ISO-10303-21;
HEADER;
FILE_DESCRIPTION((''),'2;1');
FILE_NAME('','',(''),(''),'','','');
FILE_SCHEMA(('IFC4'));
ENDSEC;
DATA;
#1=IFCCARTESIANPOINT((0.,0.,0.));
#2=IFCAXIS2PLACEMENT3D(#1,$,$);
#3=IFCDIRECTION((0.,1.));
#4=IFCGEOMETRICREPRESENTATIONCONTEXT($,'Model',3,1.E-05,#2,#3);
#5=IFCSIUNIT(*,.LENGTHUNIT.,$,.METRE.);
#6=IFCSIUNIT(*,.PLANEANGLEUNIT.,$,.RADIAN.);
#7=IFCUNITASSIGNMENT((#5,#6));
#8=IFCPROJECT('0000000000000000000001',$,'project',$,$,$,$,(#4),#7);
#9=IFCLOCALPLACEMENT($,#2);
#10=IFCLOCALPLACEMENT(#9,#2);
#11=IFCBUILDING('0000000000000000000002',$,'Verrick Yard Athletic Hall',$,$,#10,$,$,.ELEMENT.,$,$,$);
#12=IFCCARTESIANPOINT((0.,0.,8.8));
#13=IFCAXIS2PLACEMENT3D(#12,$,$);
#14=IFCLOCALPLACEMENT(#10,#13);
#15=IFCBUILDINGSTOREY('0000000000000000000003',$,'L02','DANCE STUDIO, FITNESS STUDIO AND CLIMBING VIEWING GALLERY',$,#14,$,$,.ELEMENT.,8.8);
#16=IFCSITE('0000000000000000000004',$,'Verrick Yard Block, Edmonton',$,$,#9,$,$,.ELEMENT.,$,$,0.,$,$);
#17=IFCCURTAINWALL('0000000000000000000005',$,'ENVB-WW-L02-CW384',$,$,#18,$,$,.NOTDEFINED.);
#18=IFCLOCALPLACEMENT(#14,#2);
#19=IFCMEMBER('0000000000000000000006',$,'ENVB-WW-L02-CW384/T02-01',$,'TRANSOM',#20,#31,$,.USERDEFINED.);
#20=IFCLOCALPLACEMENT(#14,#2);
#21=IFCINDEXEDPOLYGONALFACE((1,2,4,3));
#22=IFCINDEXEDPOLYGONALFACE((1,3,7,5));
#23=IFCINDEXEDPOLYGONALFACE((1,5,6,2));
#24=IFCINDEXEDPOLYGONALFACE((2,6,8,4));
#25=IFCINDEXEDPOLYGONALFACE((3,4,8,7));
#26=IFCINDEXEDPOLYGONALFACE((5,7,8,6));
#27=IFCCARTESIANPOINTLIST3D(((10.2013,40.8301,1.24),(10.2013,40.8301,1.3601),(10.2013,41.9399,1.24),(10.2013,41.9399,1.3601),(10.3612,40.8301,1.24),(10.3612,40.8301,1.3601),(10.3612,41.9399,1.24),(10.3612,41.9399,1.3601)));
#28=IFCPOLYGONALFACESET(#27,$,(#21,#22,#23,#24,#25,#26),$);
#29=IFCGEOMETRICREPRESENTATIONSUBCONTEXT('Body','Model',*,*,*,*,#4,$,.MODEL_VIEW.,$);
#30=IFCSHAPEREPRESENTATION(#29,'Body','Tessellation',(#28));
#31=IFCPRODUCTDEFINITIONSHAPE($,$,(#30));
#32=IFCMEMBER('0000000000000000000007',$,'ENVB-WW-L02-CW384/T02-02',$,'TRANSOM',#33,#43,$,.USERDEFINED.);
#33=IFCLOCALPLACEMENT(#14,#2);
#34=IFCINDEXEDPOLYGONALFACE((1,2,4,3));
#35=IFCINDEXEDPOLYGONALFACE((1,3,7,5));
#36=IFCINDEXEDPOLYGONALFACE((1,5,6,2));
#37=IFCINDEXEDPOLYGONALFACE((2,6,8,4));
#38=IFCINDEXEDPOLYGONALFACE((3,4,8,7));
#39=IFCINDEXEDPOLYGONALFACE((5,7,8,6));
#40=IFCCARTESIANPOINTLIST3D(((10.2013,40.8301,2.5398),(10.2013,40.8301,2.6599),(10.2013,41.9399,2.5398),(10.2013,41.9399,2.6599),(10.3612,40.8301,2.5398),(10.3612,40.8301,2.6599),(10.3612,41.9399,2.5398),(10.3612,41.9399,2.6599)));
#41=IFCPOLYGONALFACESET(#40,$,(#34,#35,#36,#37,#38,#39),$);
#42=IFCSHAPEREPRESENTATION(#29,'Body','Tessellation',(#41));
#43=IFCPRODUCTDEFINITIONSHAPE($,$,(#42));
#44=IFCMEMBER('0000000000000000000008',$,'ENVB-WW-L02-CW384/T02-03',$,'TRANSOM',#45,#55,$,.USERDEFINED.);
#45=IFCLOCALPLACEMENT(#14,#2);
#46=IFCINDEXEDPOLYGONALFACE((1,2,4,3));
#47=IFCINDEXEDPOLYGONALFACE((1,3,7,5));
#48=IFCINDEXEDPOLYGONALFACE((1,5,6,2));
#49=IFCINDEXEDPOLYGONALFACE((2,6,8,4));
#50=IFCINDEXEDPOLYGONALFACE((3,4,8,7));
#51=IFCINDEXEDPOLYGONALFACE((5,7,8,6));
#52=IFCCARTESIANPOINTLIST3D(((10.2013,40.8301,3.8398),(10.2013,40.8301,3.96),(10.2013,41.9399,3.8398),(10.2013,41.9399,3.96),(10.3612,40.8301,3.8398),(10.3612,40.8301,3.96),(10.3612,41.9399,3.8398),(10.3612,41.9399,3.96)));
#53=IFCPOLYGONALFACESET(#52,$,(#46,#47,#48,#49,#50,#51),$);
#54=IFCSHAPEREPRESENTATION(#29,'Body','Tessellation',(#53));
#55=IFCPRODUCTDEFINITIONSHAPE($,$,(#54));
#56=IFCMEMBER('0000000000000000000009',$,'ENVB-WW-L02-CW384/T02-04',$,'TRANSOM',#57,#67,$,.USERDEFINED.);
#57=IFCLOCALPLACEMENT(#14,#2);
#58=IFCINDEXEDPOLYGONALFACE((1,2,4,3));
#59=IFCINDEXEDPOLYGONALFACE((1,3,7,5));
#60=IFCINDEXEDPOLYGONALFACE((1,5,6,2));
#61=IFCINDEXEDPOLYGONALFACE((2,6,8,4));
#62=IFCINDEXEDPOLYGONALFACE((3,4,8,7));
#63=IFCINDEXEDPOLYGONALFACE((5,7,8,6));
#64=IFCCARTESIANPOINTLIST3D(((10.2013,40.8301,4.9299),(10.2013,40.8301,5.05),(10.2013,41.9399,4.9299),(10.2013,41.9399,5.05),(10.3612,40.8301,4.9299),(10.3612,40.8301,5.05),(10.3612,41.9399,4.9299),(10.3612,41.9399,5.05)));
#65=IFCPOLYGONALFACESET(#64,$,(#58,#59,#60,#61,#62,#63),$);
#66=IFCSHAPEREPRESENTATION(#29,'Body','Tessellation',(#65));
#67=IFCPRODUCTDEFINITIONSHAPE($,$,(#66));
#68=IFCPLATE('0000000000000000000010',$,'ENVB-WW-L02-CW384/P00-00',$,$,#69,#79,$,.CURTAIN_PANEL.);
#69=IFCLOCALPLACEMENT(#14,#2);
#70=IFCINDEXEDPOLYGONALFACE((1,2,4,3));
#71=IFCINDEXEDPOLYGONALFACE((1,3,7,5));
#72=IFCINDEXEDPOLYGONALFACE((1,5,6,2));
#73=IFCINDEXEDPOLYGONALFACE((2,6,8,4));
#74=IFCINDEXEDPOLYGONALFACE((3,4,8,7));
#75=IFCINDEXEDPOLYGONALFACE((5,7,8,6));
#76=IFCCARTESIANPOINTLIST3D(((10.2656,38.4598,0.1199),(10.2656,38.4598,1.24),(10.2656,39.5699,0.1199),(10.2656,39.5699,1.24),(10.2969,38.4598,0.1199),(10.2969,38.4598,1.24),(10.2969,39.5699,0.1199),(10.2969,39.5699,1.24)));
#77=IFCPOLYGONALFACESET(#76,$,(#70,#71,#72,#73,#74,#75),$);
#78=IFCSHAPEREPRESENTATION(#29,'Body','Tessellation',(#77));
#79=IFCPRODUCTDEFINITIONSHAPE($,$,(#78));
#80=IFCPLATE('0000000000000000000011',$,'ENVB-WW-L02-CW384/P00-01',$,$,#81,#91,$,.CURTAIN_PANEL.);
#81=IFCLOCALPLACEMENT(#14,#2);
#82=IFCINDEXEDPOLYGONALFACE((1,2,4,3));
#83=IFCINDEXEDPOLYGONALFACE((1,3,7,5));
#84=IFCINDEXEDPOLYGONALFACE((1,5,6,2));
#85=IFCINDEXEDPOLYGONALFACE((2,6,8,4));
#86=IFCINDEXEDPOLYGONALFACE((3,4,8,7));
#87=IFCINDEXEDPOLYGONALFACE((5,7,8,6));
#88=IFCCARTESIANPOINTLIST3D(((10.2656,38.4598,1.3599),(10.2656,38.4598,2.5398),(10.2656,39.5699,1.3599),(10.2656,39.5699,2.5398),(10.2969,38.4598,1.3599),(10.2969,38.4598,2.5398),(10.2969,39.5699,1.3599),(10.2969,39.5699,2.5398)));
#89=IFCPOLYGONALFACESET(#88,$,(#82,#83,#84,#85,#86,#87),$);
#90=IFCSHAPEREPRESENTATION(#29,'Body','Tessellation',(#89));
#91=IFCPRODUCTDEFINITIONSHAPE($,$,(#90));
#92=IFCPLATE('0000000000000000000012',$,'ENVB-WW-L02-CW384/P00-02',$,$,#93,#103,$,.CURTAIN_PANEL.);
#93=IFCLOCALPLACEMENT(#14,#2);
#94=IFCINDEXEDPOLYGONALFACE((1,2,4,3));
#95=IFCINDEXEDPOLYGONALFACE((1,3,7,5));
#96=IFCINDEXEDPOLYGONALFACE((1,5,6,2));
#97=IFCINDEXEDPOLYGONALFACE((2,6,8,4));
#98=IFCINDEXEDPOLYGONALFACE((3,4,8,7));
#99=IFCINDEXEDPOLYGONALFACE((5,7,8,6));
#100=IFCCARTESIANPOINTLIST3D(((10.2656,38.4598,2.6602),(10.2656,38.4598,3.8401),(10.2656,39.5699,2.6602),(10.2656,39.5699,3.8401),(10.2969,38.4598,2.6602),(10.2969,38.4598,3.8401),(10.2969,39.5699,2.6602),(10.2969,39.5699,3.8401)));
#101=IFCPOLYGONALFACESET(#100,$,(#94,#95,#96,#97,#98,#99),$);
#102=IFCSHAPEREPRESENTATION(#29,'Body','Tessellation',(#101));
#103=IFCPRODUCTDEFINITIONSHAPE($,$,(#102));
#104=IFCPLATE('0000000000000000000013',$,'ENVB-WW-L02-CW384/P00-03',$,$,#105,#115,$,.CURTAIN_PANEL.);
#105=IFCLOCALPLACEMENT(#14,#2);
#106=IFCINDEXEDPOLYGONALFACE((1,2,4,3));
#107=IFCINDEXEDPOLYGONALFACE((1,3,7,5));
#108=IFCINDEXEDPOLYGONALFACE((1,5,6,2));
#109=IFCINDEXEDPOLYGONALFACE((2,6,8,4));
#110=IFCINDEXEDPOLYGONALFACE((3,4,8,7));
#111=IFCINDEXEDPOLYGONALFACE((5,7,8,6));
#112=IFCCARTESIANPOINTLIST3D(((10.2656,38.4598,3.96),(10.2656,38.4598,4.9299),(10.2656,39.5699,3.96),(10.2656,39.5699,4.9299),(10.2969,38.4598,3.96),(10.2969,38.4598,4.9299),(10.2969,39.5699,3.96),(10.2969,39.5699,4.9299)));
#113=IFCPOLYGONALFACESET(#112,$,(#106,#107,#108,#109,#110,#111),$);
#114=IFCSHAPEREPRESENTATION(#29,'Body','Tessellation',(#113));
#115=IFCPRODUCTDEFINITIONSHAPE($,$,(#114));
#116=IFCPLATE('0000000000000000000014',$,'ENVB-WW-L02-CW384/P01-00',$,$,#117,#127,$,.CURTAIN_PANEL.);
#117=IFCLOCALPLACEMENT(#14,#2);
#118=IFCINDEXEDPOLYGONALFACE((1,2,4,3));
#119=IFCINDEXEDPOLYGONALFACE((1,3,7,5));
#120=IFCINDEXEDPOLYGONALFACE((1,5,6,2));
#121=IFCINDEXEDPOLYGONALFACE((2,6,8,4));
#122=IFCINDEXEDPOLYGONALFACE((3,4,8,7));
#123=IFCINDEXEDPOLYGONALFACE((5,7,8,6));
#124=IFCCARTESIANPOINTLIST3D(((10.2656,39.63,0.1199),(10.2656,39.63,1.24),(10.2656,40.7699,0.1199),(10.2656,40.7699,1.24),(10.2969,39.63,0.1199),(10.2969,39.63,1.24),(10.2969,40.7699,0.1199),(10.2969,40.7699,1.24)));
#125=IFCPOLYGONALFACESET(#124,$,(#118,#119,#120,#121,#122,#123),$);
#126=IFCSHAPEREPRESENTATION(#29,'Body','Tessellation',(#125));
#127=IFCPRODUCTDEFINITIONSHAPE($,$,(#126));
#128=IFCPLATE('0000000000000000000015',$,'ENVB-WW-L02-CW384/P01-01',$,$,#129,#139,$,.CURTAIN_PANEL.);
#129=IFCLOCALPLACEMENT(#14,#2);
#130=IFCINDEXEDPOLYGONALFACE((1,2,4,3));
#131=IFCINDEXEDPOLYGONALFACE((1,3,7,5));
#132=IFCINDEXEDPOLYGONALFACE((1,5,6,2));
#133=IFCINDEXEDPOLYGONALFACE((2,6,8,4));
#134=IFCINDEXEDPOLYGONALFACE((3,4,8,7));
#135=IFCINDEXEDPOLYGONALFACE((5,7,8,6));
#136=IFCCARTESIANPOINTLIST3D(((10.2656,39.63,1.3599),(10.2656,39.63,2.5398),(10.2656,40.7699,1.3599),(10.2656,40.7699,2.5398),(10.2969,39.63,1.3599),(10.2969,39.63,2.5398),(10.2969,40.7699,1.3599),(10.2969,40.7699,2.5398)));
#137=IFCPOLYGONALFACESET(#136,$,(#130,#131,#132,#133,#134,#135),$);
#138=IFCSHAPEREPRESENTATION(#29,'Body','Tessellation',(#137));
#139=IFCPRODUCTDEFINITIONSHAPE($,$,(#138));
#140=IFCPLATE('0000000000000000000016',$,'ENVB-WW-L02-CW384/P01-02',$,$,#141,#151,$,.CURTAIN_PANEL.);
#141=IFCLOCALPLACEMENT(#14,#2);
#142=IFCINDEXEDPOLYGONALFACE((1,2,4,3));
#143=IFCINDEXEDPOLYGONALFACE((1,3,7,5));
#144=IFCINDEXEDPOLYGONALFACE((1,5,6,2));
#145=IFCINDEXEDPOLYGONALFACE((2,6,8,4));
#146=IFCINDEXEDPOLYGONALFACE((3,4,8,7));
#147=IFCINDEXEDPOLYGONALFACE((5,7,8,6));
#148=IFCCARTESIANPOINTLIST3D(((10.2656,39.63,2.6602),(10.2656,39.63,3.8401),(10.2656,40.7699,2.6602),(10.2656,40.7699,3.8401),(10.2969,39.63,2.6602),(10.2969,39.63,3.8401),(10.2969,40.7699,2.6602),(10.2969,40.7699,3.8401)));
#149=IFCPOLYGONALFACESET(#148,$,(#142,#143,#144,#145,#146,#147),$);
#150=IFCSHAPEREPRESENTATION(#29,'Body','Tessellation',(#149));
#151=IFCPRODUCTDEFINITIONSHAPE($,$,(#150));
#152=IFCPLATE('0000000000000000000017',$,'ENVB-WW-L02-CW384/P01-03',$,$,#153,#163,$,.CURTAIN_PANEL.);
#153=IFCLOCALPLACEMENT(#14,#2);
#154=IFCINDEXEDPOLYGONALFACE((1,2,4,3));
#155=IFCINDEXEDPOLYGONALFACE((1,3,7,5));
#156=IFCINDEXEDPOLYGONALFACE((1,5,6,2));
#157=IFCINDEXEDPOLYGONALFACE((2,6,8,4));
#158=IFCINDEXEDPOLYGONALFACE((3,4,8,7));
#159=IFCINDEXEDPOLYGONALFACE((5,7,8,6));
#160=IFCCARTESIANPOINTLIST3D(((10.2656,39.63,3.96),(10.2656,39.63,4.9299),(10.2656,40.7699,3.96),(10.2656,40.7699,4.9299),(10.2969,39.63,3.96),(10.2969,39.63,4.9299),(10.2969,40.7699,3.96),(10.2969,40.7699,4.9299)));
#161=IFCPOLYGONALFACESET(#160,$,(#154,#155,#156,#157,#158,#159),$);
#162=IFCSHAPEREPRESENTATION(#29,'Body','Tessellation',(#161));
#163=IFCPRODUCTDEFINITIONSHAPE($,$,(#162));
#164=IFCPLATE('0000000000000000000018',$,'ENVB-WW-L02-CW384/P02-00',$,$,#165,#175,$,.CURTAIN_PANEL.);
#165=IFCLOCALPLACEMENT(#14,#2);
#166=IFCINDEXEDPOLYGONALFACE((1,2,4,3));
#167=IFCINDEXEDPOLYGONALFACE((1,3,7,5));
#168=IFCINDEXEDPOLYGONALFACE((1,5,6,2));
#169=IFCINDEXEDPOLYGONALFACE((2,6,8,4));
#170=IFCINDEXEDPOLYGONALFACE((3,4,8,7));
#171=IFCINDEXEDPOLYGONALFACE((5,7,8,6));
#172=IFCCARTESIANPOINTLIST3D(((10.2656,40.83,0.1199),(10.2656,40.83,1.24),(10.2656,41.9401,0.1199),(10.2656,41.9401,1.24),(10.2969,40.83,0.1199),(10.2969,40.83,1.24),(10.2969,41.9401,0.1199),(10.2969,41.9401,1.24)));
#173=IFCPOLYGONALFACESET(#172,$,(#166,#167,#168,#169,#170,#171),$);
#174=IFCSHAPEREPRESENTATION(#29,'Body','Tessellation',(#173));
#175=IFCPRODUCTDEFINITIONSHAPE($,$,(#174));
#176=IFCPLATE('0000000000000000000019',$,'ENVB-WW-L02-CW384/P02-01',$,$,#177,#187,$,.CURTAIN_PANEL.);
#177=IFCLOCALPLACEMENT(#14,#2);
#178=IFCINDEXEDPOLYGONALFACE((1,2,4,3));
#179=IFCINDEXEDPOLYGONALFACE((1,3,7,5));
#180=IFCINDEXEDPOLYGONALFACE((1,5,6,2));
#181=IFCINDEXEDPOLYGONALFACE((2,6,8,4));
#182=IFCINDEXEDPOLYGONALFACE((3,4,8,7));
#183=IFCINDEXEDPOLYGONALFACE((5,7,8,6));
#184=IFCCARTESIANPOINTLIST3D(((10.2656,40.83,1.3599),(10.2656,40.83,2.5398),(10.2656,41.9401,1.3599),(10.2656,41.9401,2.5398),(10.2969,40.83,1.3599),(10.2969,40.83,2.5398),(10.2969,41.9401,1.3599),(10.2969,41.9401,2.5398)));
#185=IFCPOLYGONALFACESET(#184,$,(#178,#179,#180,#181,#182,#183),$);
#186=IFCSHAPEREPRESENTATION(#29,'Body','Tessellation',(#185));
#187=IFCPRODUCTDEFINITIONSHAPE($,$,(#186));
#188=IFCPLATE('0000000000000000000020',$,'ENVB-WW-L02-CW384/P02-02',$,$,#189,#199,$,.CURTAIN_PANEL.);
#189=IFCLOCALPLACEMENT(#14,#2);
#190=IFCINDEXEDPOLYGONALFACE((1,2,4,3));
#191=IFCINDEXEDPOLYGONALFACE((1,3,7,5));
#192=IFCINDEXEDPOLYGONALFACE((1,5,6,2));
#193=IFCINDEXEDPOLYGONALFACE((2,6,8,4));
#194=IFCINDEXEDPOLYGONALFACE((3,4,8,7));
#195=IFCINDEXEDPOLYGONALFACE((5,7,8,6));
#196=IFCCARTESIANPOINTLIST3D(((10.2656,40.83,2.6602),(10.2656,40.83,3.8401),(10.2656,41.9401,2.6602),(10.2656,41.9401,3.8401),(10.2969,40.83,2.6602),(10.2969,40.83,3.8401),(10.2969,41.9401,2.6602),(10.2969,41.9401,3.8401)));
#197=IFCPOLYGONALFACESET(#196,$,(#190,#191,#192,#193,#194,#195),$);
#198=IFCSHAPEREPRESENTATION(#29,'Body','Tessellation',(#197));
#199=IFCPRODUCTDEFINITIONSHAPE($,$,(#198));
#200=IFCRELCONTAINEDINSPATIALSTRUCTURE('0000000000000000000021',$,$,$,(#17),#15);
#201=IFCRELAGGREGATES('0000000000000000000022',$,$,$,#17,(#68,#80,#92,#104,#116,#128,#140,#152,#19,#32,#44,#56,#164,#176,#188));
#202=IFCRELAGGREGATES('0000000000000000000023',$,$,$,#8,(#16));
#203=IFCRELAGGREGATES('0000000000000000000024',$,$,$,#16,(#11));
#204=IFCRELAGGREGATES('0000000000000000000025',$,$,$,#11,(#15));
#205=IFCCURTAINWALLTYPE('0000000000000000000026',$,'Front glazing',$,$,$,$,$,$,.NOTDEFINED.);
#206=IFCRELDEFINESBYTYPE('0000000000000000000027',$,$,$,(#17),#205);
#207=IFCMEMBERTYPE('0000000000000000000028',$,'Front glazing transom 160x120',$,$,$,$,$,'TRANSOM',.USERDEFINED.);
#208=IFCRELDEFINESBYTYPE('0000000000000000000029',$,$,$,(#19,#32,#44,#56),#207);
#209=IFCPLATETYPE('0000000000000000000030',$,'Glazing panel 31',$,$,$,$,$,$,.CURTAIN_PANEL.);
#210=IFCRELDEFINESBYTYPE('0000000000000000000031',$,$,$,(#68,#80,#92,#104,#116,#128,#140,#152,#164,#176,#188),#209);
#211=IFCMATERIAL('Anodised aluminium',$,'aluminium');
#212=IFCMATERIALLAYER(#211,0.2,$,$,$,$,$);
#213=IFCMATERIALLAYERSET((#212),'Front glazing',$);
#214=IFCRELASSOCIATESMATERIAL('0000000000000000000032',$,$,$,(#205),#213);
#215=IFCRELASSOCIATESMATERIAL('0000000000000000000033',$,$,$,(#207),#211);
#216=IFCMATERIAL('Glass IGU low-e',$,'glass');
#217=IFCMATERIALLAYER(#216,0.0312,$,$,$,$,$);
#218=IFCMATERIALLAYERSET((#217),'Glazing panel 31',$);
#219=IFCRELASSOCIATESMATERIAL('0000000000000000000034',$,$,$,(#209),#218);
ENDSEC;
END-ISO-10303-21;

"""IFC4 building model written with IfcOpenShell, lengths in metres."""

from ifc_helpers import new_model, si_unit, direction, frame, origin, origin_2d, place, context, subcontext, project, spatial, rectangle, extrude, material, layer, layer_set, material_profile, profile_set, type_object, element, aggregate, save


model = new_model("IFC4")

# Units and contexts
model_context = context("Model", 3, precision=1e-05, world=origin(), true_north=direction((0.0, 1.0)))
body_context = subcontext(model_context, "Body", "Model", "MODEL_VIEW")
ifc_project = project(units=[si_unit("LENGTHUNIT", "METRE"), si_unit("PLANEANGLEUNIT", "RADIAN")], contexts=[model_context])

# Site, building, storey
site_placement = place(None, origin())
site = spatial("IfcSite", under=ifc_project, at=site_placement, Name="Verrick Yard Block, Edmonton", CompositionType="ELEMENT", RefElevation=0.0)
building_placement = place(site_placement, origin())
building = spatial("IfcBuilding", under=site, at=building_placement, Name="Verrick Yard Athletic Hall", CompositionType="ELEMENT")
storey_placement = place(building_placement, frame((0.0, 0.0, 8.8)))
storey = spatial("IfcBuildingStorey", under=building, at=storey_placement, Name="L02", Description="DANCE STUDIO, FITNESS STUDIO AND CLIMBING VIEWING GALLERY", CompositionType="ELEMENT", Elevation=8.8)

# Curtain wall, members, plates
ifc_material_1 = material(Name="Anodised aluminium", Category="aluminium")
ifc_layer_1 = layer(ifc_material_1, 0.2)
ifc_layer_set_1 = layer_set([ifc_layer_1], Name="Front glazing")
curtain_wall_type = type_object("IfcCurtainWallType", Name="Front glazing", PredefinedType="NOTDEFINED", material=ifc_layer_set_1)
curtain_wall_placement = place(storey_placement, origin())
curtain_wall = element("IfcCurtainWall", 1, at=curtain_wall_placement, inside=storey, type_object=curtain_wall_type, Name="ENVB-WW-L02-CW384", PredefinedType="NOTDEFINED")
ifc_material_profile_1 = material_profile(ifc_material_1, rectangle(XDim=0.1599, YDim=0.1201, at=origin_2d()), Name="CW transom 160x120")
ifc_profile_set_1 = profile_set([ifc_material_profile_1], Name="Anodised aluminium")
member_type_1 = type_object("IfcMemberType", Name="Front glazing transom 160x120", ElementType="TRANSOM", PredefinedType="USERDEFINED", material=ifc_profile_set_1)
member_1_placement = place(storey_placement, frame((10.2812, 40.8301, 1.3), z_axis=(0.0, 1.0, 0.0), x_axis=(-1.0, 0.0, 0.0)))
member_1 = element("IfcMember", 2, at=member_1_placement, type_object=member_type_1, Name="ENVB-WW-L02-CW384/T02-01", ObjectType="TRANSOM", PredefinedType="USERDEFINED", context=body_context, shape_type="SweptSolid", body=[
    extrude(rectangle(XDim=0.1599, YDim=0.1201, at=origin_2d()), origin(), (0.0, 0.0, 1.0), 1.1099),
])
member_2_placement = place(storey_placement, frame((10.2812, 40.8301, 2.5999), z_axis=(0.0, 1.0, 0.0), x_axis=(-1.0, 0.0, 0.0)))
member_2 = element("IfcMember", 3, at=member_2_placement, type_object=member_type_1, Name="ENVB-WW-L02-CW384/T02-02", ObjectType="TRANSOM", PredefinedType="USERDEFINED", context=body_context, shape_type="SweptSolid", body=[
    extrude(rectangle(XDim=0.1599, YDim=0.1201, at=origin_2d()), origin(), (0.0, 0.0, 1.0), 1.1099),
])
member_3_placement = place(storey_placement, frame((10.2812, 40.8301, 3.8999), z_axis=(0.0, 1.0, 0.0), x_axis=(-1.0, 0.0, 0.0)))
member_3 = element("IfcMember", 4, at=member_3_placement, type_object=member_type_1, Name="ENVB-WW-L02-CW384/T02-03", ObjectType="TRANSOM", PredefinedType="USERDEFINED", context=body_context, shape_type="SweptSolid", body=[
    extrude(rectangle(XDim=0.1599, YDim=0.1201, at=origin_2d()), origin(), (0.0, 0.0, 1.0), 1.1099),
])
member_4_placement = place(storey_placement, frame((10.2812, 40.8301, 4.99), z_axis=(0.0, 1.0, 0.0), x_axis=(-1.0, 0.0, 0.0)))
member_4 = element("IfcMember", 5, at=member_4_placement, type_object=member_type_1, Name="ENVB-WW-L02-CW384/T02-04", ObjectType="TRANSOM", PredefinedType="USERDEFINED", context=body_context, shape_type="SweptSolid", body=[
    extrude(rectangle(XDim=0.1599, YDim=0.1201, at=origin_2d()), origin(), (0.0, 0.0, 1.0), 1.1099),
])
ifc_material_2 = material(Name="Glass IGU low-e", Category="glass")
ifc_layer_2 = layer(ifc_material_2, 0.0312)
ifc_layer_set_2 = layer_set([ifc_layer_2], Name="Glazing panel 31")
plate_type = type_object("IfcPlateType", Name="Glazing panel 31", PredefinedType="CURTAIN_PANEL", material=ifc_layer_set_2)
plate_1_placement = place(storey_placement, frame((10.2812, 39.0149, 0.1199), z_axis=(0.0, 0.0, 1.0), x_axis=(0.0, 1.0, 0.0)))
plate_1 = element("IfcPlate", 6, at=plate_1_placement, type_object=plate_type, Name="ENVB-WW-L02-CW384/P00-00", PredefinedType="CURTAIN_PANEL", context=body_context, shape_type="SweptSolid", body=[
    extrude(rectangle(XDim=1.1101, YDim=0.0312, at=origin_2d()), origin(), (0.0, 0.0, 1.0), 1.1201),
])
plate_2_placement = place(storey_placement, frame((10.2812, 39.0149, 1.3599), z_axis=(0.0, 0.0, 1.0), x_axis=(0.0, 1.0, 0.0)))
plate_2 = element("IfcPlate", 7, at=plate_2_placement, type_object=plate_type, Name="ENVB-WW-L02-CW384/P00-01", PredefinedType="CURTAIN_PANEL", context=body_context, shape_type="SweptSolid", body=[
    extrude(rectangle(XDim=1.1101, YDim=0.0312, at=origin_2d()), origin(), (0.0, 0.0, 1.0), 1.1799),
])
plate_3_placement = place(storey_placement, frame((10.2812, 39.0149, 2.6602), z_axis=(0.0, 0.0, 1.0), x_axis=(0.0, 1.0, 0.0)))
plate_3 = element("IfcPlate", 8, at=plate_3_placement, type_object=plate_type, Name="ENVB-WW-L02-CW384/P00-02", PredefinedType="CURTAIN_PANEL", context=body_context, shape_type="SweptSolid", body=[
    extrude(rectangle(XDim=1.1101, YDim=0.0312, at=origin_2d()), origin(), (0.0, 0.0, 1.0), 1.1799),
])
plate_4_placement = place(storey_placement, frame((10.2812, 39.0149, 3.96), z_axis=(0.0, 0.0, 1.0), x_axis=(0.0, 1.0, 0.0)))
plate_4 = element("IfcPlate", 9, at=plate_4_placement, type_object=plate_type, Name="ENVB-WW-L02-CW384/P00-03", PredefinedType="CURTAIN_PANEL", context=body_context, shape_type="SweptSolid", body=[
    extrude(rectangle(XDim=1.1101, YDim=0.0312, at=origin_2d()), origin(), (0.0, 0.0, 1.0), 0.97),
])
plate_5_placement = place(storey_placement, frame((10.2812, 40.2, 0.1199), z_axis=(0.0, 0.0, 1.0), x_axis=(0.0, 1.0, 0.0)))
plate_5 = element("IfcPlate", 10, at=plate_5_placement, type_object=plate_type, Name="ENVB-WW-L02-CW384/P01-00", PredefinedType="CURTAIN_PANEL", context=body_context, shape_type="SweptSolid", body=[
    extrude(rectangle(XDim=1.1399, YDim=0.0312, at=origin_2d()), origin(), (0.0, 0.0, 1.0), 1.1201),
])
plate_6_placement = place(storey_placement, frame((10.2812, 40.2, 1.3599), z_axis=(0.0, 0.0, 1.0), x_axis=(0.0, 1.0, 0.0)))
plate_6 = element("IfcPlate", 11, at=plate_6_placement, type_object=plate_type, Name="ENVB-WW-L02-CW384/P01-01", PredefinedType="CURTAIN_PANEL", context=body_context, shape_type="SweptSolid", body=[
    extrude(rectangle(XDim=1.1399, YDim=0.0312, at=origin_2d()), origin(), (0.0, 0.0, 1.0), 1.1799),
])
plate_7_placement = place(storey_placement, frame((10.2812, 40.2, 2.6602), z_axis=(0.0, 0.0, 1.0), x_axis=(0.0, 1.0, 0.0)))
plate_7 = element("IfcPlate", 12, at=plate_7_placement, type_object=plate_type, Name="ENVB-WW-L02-CW384/P01-02", PredefinedType="CURTAIN_PANEL", context=body_context, shape_type="SweptSolid", body=[
    extrude(rectangle(XDim=1.1399, YDim=0.0312, at=origin_2d()), origin(), (0.0, 0.0, 1.0), 1.1799),
])
plate_8_placement = place(storey_placement, frame((10.2812, 40.2, 3.96), z_axis=(0.0, 0.0, 1.0), x_axis=(0.0, 1.0, 0.0)))
plate_8 = element("IfcPlate", 13, at=plate_8_placement, type_object=plate_type, Name="ENVB-WW-L02-CW384/P01-03", PredefinedType="CURTAIN_PANEL", context=body_context, shape_type="SweptSolid", body=[
    extrude(rectangle(XDim=1.1399, YDim=0.0312, at=origin_2d()), origin(), (0.0, 0.0, 1.0), 0.97),
])
plate_9_placement = place(storey_placement, frame((10.2812, 41.385, 0.1199), z_axis=(0.0, 0.0, 1.0), x_axis=(0.0, 1.0, 0.0)))
plate_9 = element("IfcPlate", 14, at=plate_9_placement, type_object=plate_type, Name="ENVB-WW-L02-CW384/P02-00", PredefinedType="CURTAIN_PANEL", context=body_context, shape_type="SweptSolid", body=[
    extrude(rectangle(XDim=1.1101, YDim=0.0312, at=origin_2d()), origin(), (0.0, 0.0, 1.0), 1.1201),
])
plate_10_placement = place(storey_placement, frame((10.2812, 41.385, 1.3599), z_axis=(0.0, 0.0, 1.0), x_axis=(0.0, 1.0, 0.0)))
plate_10 = element("IfcPlate", 15, at=plate_10_placement, type_object=plate_type, Name="ENVB-WW-L02-CW384/P02-01", PredefinedType="CURTAIN_PANEL", context=body_context, shape_type="SweptSolid", body=[
    extrude(rectangle(XDim=1.1101, YDim=0.0312, at=origin_2d()), origin(), (0.0, 0.0, 1.0), 1.1799),
])
plate_11_placement = place(storey_placement, frame((10.2812, 41.385, 2.6602), z_axis=(0.0, 0.0, 1.0), x_axis=(0.0, 1.0, 0.0)))
plate_11 = element("IfcPlate", 16, at=plate_11_placement, type_object=plate_type, Name="ENVB-WW-L02-CW384/P02-02", PredefinedType="CURTAIN_PANEL", context=body_context, shape_type="SweptSolid", body=[
    extrude(rectangle(XDim=1.1101, YDim=0.0312, at=origin_2d()), origin(), (0.0, 0.0, 1.0), 1.1799),
])
aggregate(curtain_wall, [plate_1, plate_2, plate_3, plate_4, plate_5, plate_6, plate_7, plate_8, member_1, member_2, member_3, member_4, plate_9, plate_10, plate_11])

save(model, "model.ifc")
